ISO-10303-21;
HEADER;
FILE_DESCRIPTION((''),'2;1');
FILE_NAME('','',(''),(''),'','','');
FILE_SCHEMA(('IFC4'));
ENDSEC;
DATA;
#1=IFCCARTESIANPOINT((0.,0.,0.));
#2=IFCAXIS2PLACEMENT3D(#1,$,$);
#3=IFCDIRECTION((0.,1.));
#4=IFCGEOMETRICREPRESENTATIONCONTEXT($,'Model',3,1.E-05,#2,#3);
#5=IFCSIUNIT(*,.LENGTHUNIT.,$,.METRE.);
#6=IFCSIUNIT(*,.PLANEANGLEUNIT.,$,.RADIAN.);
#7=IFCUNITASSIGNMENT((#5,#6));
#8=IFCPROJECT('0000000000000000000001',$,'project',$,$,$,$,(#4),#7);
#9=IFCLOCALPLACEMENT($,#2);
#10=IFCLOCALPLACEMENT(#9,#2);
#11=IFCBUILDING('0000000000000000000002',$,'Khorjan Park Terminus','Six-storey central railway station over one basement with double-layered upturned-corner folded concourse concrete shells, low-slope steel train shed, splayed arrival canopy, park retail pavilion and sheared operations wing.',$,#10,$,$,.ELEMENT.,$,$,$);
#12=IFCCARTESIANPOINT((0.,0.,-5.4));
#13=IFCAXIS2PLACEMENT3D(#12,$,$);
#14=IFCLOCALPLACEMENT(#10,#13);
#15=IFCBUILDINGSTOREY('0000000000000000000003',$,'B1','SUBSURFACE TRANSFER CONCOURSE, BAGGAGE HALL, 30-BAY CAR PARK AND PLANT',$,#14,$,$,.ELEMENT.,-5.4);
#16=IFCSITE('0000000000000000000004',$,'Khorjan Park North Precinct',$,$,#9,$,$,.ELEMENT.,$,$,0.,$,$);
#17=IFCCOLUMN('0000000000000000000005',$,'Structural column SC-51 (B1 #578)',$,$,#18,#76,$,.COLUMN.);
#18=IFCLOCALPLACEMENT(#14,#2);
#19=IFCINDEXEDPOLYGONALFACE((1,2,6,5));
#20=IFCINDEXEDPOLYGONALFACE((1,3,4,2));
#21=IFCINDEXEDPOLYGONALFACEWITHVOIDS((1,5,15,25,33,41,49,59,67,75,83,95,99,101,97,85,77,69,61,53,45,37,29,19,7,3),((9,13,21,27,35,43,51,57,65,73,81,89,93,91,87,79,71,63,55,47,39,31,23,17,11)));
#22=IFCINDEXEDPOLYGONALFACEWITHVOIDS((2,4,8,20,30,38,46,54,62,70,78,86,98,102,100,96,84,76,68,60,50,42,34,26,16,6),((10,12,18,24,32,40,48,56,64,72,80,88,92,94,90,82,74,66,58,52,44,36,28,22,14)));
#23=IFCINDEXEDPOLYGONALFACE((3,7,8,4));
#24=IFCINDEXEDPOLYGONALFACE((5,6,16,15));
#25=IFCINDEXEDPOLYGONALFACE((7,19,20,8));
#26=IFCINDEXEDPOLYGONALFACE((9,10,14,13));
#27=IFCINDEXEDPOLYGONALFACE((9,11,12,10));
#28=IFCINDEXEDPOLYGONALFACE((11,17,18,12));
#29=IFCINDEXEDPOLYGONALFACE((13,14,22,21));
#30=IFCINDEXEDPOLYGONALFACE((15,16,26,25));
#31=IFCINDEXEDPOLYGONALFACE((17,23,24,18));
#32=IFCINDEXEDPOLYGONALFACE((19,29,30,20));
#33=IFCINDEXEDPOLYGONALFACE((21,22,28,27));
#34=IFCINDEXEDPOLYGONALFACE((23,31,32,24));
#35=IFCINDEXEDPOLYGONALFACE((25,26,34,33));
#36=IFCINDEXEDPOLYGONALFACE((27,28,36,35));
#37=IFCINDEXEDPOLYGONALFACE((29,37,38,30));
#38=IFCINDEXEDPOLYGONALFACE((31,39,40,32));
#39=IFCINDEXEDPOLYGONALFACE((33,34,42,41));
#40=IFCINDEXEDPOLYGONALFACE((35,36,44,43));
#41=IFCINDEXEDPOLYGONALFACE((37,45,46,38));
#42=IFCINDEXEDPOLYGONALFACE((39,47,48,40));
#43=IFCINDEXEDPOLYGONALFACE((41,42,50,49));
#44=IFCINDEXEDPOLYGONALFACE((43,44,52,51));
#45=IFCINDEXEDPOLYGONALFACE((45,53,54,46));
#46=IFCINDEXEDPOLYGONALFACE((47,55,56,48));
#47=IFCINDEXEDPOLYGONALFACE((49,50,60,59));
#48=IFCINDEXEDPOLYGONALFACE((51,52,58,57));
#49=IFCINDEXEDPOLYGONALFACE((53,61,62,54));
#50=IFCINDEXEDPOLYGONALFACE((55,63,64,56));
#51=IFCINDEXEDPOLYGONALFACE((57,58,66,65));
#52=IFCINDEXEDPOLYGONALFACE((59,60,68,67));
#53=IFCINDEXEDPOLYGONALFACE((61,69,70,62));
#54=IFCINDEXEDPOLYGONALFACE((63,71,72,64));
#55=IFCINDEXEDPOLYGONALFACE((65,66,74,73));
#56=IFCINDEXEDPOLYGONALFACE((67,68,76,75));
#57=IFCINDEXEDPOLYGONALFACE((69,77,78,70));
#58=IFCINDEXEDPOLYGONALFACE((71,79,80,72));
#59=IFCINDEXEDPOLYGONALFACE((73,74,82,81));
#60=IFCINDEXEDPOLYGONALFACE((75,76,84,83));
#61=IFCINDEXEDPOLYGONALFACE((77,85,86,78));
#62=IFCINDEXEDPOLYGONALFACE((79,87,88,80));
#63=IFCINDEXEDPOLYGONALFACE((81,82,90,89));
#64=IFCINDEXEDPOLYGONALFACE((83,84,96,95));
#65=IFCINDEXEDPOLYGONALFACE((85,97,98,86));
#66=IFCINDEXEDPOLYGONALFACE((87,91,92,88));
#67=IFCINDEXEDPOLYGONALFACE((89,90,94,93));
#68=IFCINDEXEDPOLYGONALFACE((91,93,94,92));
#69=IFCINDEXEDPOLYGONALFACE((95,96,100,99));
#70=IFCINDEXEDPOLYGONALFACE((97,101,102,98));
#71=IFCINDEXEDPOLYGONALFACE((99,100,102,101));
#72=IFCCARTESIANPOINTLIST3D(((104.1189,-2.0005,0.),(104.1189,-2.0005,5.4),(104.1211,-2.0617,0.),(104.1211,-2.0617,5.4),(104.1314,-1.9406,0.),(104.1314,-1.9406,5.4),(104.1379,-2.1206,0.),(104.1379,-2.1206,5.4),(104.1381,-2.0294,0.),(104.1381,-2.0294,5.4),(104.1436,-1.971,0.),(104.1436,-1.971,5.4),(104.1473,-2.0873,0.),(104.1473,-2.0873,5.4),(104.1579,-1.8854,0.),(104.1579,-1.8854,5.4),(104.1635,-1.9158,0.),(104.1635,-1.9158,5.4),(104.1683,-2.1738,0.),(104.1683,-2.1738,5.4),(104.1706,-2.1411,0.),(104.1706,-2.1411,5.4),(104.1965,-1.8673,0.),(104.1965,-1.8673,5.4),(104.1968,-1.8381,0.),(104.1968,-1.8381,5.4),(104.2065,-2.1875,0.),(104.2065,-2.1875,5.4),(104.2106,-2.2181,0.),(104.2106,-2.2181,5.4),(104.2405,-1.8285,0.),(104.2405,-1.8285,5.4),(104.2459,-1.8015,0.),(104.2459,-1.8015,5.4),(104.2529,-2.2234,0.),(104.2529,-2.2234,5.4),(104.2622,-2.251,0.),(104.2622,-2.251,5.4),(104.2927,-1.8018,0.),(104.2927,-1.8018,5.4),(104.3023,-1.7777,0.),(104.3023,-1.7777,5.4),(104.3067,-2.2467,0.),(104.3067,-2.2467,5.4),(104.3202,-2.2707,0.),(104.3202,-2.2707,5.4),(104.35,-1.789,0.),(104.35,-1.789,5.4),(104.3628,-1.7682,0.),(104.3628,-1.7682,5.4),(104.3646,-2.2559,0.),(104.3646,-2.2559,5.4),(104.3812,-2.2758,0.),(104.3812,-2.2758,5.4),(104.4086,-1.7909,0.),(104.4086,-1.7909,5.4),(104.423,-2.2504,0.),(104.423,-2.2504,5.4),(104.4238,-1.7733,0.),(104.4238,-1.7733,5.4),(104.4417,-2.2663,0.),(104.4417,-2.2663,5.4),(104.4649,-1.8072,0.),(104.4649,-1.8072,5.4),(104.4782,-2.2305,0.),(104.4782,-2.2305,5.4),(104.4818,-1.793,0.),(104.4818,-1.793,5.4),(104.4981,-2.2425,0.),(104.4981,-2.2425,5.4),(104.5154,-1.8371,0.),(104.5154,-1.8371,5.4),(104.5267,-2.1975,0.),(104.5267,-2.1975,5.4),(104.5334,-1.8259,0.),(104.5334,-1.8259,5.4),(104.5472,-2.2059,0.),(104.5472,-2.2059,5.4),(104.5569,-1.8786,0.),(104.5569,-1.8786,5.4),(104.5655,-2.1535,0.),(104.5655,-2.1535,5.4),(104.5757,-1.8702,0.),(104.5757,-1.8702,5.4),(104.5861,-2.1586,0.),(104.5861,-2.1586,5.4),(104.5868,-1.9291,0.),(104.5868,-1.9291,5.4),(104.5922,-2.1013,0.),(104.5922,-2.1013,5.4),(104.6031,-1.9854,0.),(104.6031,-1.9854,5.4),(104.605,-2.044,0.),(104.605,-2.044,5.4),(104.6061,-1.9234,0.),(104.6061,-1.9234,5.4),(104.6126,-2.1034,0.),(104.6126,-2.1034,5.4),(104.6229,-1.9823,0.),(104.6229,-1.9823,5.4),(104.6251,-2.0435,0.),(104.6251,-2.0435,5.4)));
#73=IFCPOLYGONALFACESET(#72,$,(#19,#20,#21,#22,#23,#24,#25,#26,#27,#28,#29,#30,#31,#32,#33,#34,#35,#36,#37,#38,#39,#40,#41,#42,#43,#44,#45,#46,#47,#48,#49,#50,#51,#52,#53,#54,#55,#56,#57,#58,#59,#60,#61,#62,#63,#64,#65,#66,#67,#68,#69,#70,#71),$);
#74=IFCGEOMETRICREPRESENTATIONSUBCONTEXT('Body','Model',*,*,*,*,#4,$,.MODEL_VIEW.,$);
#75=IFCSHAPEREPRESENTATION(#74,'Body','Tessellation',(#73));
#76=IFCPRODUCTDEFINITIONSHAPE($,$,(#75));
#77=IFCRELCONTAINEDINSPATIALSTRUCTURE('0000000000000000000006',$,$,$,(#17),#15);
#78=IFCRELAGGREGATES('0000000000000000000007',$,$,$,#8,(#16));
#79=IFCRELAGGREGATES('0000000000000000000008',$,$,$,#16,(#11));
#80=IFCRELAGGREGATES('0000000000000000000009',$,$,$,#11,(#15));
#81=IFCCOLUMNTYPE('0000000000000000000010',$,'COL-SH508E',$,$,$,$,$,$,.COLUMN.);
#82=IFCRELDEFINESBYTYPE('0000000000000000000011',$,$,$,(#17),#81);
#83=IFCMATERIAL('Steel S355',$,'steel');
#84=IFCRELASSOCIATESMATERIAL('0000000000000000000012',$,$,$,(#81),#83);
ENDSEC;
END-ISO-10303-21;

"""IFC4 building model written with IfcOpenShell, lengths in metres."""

from ifc_helpers import new_model, si_unit, direction, frame, origin, origin_2d, place, context, subcontext, project, spatial, hollow_circle, extrude, material, material_profile, profile_set, type_object, element, save


model = new_model("IFC4")

# Units and contexts
model_context = context("Model", 3, precision=1e-05, world=origin(), true_north=direction((0.0, 1.0)))
body_context = subcontext(model_context, "Body", "Model", "MODEL_VIEW")
ifc_project = project(units=[si_unit("LENGTHUNIT", "METRE"), si_unit("PLANEANGLEUNIT", "RADIAN")], contexts=[model_context])

# Site, building, storey
site_placement = place(None, origin())
site = spatial("IfcSite", under=ifc_project, at=site_placement, Name="Khorjan Park North Precinct", CompositionType="ELEMENT", RefElevation=0.0)
building_placement = place(site_placement, origin())
building = spatial("IfcBuilding", under=site, at=building_placement, Name="Khorjan Park Terminus", Description="Six-storey central railway station over one basement with double-layered upturned-corner folded concourse concrete shells, low-slope steel train shed, splayed arrival canopy, park retail pavilion and sheared operations wing.", CompositionType="ELEMENT")
storey_placement = place(building_placement, frame((0.0, 0.0, -5.4)))
storey = spatial("IfcBuildingStorey", under=building, at=storey_placement, Name="B1", Description="SUBSURFACE TRANSFER CONCOURSE, BAGGAGE HALL, 30-BAY CAR PARK AND PLANT", CompositionType="ELEMENT", Elevation=-5.4)

# Column
ifc_material_1 = material(Name="Steel S355", Category="steel")
ifc_material_profile_1 = material_profile(ifc_material_1, hollow_circle(Radius=0.254, WallThickness=0.02, at=origin_2d()), Name="CHS 508x20")
ifc_profile_set_1 = profile_set([ifc_material_profile_1], Name="Steel S355")
column_type_1 = type_object("IfcColumnType", Name="COL-SH508E", PredefinedType="COLUMN", material=ifc_profile_set_1)
column_1_placement = place(storey_placement, frame((104.372, -2.022, 0.0), z_axis=(0.0, 0.0, 1.0), x_axis=(0.987688, 0.156434, 0.0)))
element("IfcColumn", 1, at=column_1_placement, inside=storey, type_object=column_type_1, Name="Structural column SC-51 (B1 #578)", PredefinedType="COLUMN", context=body_context, shape_type="SweptSolid", body=[
    extrude(hollow_circle(Radius=0.254, WallThickness=0.02, at=origin_2d()), origin(), (0.0, 0.0, 1.0), 5.4),
])

save(model, "model.ifc")
